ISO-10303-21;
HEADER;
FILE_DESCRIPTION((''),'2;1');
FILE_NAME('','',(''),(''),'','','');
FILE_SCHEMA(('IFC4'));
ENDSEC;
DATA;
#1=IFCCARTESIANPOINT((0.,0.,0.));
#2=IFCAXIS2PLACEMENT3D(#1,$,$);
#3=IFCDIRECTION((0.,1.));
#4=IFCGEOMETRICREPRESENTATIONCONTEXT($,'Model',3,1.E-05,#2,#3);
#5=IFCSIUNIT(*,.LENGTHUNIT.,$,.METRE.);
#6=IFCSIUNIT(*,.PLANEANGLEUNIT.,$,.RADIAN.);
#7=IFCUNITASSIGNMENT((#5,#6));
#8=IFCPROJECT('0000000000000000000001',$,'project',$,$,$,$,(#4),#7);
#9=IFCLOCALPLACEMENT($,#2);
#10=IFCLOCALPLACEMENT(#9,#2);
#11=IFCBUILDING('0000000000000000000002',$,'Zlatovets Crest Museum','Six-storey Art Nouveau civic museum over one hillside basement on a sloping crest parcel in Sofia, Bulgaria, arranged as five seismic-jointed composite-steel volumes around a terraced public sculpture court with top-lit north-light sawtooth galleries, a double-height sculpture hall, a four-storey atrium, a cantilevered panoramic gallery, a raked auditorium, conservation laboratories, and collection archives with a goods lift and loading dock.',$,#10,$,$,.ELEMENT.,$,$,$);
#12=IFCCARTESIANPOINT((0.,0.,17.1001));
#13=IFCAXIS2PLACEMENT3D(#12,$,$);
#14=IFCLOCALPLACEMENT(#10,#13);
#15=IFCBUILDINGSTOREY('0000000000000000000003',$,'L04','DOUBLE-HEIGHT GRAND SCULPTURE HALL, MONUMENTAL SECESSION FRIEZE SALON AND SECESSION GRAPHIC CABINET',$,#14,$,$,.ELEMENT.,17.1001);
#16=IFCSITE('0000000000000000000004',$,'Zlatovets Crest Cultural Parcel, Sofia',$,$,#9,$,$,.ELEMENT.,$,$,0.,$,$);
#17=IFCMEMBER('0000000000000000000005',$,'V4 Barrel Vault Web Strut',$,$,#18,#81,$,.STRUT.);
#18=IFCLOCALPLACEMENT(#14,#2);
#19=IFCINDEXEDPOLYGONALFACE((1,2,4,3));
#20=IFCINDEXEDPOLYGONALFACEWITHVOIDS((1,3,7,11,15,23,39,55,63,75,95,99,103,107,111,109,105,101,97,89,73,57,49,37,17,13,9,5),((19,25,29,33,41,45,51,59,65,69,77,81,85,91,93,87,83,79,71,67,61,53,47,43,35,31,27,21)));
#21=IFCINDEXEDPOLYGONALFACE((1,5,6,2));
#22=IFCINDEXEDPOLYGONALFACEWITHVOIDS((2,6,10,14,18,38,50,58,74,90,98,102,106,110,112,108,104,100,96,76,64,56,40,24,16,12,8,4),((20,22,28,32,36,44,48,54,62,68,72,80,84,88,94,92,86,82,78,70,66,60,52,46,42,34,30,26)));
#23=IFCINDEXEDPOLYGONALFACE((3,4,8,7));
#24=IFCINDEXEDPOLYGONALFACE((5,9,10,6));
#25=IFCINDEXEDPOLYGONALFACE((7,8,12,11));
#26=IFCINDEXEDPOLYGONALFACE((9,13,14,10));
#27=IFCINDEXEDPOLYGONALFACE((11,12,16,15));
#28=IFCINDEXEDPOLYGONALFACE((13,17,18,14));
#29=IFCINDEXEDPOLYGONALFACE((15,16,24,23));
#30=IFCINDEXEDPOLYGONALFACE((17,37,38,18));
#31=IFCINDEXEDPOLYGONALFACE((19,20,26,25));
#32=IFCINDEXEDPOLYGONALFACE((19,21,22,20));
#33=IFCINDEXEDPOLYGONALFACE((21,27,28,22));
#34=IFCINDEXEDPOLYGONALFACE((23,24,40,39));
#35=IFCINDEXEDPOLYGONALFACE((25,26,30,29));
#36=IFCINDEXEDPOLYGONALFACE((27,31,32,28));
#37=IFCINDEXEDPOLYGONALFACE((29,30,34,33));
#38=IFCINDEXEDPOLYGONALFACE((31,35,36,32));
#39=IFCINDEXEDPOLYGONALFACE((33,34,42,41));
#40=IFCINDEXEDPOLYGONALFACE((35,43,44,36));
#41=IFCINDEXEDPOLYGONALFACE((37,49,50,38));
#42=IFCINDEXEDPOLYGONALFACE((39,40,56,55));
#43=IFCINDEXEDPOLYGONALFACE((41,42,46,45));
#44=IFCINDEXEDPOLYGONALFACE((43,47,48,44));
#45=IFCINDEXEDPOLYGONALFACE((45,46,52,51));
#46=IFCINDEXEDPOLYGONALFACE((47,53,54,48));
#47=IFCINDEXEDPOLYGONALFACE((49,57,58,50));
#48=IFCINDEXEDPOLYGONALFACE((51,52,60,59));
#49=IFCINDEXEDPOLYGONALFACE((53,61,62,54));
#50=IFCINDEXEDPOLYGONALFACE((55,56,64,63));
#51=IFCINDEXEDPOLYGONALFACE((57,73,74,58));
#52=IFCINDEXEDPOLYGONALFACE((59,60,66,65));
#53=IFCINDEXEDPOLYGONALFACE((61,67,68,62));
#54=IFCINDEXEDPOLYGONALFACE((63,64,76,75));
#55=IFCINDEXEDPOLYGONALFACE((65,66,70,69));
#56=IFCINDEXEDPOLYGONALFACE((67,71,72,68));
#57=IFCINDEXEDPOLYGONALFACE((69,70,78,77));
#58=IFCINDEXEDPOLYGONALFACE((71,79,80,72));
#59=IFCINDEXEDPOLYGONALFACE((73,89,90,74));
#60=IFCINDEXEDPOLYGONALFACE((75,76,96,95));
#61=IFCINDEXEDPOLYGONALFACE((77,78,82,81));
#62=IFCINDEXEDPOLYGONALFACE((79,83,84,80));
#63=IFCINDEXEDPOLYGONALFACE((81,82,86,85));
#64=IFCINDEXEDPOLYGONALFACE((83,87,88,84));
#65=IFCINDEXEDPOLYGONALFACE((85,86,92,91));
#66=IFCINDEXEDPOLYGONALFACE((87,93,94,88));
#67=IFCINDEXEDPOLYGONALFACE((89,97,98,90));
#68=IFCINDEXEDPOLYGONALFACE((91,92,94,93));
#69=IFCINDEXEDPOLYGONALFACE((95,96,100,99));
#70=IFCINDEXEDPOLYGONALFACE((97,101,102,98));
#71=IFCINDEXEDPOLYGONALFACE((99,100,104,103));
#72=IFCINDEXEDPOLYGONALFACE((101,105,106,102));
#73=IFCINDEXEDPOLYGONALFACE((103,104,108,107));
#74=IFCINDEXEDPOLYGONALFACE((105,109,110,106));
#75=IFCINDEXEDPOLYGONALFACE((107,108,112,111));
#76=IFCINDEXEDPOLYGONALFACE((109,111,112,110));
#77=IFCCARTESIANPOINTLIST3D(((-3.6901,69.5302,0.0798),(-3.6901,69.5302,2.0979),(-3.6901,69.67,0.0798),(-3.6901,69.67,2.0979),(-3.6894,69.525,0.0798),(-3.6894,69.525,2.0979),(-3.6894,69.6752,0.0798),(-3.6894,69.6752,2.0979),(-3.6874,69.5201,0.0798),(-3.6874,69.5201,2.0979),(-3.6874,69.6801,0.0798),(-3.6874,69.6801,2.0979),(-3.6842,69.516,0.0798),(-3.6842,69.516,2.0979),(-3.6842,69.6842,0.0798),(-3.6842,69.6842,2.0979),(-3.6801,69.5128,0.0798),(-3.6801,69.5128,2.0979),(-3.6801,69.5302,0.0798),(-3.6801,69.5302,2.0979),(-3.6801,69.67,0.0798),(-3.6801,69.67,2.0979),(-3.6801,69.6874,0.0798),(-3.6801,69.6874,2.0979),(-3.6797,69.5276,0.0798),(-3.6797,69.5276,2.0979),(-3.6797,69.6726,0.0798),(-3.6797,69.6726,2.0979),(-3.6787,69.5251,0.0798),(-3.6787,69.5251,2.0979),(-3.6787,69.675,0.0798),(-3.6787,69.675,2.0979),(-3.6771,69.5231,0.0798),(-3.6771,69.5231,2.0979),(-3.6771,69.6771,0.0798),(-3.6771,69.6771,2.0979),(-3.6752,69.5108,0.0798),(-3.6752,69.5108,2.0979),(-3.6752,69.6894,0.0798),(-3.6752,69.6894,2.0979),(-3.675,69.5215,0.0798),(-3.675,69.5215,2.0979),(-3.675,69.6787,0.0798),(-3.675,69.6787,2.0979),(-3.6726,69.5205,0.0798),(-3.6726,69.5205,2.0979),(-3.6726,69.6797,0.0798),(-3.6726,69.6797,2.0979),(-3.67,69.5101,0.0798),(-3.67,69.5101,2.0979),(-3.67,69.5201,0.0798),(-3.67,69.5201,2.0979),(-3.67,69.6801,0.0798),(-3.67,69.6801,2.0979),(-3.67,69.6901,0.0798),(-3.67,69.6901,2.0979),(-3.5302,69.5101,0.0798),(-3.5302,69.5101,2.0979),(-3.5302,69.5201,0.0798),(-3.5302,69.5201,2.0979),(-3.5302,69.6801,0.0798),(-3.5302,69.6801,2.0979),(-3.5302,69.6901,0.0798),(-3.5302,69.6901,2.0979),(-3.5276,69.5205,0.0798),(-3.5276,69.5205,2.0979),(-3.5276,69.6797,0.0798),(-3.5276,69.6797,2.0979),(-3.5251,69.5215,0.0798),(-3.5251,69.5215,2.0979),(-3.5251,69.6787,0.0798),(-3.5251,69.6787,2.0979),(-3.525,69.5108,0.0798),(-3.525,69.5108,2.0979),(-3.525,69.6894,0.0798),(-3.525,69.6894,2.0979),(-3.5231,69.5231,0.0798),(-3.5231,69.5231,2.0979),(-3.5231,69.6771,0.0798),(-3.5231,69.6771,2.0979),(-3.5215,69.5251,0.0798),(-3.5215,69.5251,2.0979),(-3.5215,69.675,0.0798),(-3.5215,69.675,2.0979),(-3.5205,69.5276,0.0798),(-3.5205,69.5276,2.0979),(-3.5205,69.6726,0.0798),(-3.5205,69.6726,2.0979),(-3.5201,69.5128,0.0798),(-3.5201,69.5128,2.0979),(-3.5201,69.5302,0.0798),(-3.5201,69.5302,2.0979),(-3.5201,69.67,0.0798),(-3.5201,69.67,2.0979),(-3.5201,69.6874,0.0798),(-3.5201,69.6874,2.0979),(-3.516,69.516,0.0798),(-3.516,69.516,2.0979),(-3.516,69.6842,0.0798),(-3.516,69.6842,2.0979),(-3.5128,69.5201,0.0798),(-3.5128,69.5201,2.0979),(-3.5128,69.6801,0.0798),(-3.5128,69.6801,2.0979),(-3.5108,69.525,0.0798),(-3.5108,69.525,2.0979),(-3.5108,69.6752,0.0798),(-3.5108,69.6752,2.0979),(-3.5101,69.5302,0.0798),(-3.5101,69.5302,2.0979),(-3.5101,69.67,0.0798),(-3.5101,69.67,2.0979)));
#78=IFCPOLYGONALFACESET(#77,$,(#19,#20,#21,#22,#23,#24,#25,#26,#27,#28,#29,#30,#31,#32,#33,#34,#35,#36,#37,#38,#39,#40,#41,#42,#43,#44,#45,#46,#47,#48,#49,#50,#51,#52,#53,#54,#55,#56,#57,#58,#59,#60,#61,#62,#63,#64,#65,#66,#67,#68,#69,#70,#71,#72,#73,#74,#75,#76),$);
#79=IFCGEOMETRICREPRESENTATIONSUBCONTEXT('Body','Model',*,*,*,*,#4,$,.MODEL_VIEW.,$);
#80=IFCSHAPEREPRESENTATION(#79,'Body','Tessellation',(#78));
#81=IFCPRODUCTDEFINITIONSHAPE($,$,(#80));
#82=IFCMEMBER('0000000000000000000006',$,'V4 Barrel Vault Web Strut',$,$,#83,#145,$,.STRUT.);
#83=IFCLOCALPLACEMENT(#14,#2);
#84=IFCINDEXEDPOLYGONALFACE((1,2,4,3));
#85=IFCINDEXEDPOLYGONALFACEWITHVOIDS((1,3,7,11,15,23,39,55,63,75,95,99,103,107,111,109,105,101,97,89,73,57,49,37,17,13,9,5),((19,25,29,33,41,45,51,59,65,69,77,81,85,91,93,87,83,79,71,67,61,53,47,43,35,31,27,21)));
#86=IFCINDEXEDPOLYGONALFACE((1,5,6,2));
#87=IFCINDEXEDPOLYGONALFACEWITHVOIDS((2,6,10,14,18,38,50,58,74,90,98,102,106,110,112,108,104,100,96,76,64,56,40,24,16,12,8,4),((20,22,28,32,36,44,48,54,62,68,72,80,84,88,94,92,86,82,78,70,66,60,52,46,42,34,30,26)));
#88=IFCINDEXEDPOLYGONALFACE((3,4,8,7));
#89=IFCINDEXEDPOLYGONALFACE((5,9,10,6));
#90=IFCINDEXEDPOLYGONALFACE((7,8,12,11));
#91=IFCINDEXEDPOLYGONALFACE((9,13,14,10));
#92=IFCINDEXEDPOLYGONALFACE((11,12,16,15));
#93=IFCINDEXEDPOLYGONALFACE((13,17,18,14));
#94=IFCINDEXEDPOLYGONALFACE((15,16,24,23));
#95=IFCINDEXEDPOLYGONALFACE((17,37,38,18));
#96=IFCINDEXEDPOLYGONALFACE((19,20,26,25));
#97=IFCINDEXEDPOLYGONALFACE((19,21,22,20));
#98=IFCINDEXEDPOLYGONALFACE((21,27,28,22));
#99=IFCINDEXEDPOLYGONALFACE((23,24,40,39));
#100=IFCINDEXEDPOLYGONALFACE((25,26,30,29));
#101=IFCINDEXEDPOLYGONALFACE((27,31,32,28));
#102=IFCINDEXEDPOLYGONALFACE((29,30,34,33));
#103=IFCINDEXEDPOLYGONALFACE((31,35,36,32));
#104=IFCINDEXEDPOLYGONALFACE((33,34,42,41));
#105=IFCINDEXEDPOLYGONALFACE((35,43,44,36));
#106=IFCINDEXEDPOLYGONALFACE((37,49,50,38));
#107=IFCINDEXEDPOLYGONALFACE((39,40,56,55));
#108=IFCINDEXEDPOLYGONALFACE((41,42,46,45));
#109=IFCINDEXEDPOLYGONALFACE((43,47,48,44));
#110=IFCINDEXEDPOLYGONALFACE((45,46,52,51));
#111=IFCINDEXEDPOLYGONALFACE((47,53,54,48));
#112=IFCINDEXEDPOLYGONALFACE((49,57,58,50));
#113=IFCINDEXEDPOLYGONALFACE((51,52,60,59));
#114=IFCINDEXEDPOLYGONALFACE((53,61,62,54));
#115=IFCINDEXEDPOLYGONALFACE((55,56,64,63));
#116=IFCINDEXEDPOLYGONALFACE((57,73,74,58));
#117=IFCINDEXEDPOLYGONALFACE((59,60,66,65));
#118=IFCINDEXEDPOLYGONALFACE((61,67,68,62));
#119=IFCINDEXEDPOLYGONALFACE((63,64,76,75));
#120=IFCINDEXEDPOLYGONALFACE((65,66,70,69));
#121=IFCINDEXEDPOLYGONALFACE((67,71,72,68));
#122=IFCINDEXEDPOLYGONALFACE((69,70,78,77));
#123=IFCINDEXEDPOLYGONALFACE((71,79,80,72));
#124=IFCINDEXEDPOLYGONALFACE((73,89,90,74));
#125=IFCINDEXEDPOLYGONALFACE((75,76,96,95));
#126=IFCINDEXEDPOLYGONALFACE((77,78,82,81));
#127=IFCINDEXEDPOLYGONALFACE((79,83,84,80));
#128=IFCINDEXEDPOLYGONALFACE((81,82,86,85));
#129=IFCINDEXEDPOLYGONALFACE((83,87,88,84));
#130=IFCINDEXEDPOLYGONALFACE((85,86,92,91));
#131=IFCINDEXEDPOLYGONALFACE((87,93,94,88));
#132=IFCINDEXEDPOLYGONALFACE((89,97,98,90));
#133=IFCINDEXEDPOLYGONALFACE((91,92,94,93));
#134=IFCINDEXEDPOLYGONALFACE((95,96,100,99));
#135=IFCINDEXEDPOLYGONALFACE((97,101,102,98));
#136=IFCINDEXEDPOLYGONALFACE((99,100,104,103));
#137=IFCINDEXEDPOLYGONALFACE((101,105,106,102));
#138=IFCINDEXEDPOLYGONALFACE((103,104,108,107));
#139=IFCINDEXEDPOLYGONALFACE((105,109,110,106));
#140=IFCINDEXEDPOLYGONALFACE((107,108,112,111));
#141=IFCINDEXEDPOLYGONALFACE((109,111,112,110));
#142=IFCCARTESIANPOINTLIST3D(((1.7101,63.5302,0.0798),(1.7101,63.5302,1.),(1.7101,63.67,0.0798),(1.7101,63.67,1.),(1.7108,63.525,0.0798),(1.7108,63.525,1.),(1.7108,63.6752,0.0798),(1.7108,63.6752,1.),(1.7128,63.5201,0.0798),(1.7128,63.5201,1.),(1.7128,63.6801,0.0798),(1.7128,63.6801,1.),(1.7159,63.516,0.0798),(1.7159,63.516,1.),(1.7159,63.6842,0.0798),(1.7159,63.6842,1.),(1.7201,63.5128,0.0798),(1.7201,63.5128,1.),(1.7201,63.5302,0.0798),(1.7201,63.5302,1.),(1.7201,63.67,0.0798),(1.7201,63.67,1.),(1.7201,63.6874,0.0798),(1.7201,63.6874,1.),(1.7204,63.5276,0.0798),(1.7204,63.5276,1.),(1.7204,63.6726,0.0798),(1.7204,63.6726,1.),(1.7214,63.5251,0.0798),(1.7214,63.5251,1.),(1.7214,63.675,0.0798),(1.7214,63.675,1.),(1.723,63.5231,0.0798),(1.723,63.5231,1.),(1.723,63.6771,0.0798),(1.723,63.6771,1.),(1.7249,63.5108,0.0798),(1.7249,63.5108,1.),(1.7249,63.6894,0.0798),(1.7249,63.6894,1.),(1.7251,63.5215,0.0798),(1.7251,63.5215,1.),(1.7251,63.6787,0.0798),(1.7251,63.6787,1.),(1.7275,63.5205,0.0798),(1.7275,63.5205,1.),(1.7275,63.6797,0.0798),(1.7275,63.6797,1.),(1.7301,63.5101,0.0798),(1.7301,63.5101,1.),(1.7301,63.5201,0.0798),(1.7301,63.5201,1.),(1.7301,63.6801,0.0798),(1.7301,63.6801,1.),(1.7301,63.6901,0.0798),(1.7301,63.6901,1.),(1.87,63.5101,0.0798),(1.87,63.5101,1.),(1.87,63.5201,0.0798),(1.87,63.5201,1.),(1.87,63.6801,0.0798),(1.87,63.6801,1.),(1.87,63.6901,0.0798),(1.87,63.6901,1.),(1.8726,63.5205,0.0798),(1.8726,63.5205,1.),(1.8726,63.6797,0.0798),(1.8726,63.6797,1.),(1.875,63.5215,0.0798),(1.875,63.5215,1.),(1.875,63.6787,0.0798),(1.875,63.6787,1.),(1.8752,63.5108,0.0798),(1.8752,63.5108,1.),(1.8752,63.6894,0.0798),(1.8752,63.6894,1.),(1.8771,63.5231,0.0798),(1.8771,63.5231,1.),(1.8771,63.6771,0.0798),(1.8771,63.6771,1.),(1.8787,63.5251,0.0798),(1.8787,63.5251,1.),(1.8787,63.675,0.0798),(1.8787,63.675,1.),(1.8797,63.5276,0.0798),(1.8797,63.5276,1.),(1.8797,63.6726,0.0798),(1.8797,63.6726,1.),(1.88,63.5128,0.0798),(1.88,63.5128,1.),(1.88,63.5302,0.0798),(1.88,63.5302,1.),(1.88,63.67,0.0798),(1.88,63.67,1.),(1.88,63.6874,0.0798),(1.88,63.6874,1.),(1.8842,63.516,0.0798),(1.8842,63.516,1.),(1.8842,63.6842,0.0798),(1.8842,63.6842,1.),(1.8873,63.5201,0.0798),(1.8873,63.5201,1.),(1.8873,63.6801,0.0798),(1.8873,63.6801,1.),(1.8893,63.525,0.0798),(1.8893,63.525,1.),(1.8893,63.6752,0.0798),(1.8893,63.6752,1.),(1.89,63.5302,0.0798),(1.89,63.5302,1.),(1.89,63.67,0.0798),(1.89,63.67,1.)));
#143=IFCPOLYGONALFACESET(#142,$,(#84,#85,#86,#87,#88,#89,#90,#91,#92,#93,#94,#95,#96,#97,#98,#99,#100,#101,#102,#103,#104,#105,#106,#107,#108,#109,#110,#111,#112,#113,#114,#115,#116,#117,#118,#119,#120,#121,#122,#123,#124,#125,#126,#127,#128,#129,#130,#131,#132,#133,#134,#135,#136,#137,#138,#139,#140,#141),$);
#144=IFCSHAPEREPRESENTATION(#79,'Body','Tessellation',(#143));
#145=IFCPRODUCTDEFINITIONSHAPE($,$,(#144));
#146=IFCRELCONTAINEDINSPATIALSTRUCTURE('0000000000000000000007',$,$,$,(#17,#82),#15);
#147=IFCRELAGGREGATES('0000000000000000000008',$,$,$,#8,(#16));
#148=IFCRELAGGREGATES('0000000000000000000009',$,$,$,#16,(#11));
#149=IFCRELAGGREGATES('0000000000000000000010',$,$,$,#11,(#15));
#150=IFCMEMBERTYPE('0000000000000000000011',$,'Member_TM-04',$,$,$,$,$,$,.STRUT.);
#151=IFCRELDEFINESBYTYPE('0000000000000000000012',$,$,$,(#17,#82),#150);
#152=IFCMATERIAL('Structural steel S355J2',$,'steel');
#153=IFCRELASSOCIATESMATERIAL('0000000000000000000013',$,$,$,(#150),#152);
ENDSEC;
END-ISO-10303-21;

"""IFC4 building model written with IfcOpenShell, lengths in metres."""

from ifc_helpers import new_model, si_unit, direction, frame, origin, origin_2d, place, context, subcontext, project, spatial, hollow_rectangle, extrude, material, material_profile, profile_set, type_object, element, save


model = new_model("IFC4")

# Units and contexts
model_context = context("Model", 3, precision=1e-05, world=origin(), true_north=direction((0.0, 1.0)))
body_context = subcontext(model_context, "Body", "Model", "MODEL_VIEW")
ifc_project = project(units=[si_unit("LENGTHUNIT", "METRE"), si_unit("PLANEANGLEUNIT", "RADIAN")], contexts=[model_context])

# Site, building, storey
site_placement = place(None, origin())
site = spatial("IfcSite", under=ifc_project, at=site_placement, Name="Zlatovets Crest Cultural Parcel, Sofia", CompositionType="ELEMENT", RefElevation=0.0)
building_placement = place(site_placement, origin())
building = spatial("IfcBuilding", under=site, at=building_placement, Name="Zlatovets Crest Museum", Description="Six-storey Art Nouveau civic museum over one hillside basement on a sloping crest parcel in Sofia, Bulgaria, arranged as five seismic-jointed composite-steel volumes around a terraced public sculpture court with top-lit north-light sawtooth galleries, a double-height sculpture hall, a four-storey atrium, a cantilevered panoramic gallery, a raked auditorium, conservation laboratories, and collection archives with a goods lift and loading dock.", CompositionType="ELEMENT")
storey_placement = place(building_placement, frame((0.0, 0.0, 17.1001)))
storey = spatial("IfcBuildingStorey", under=building, at=storey_placement, Name="L04", Description="DOUBLE-HEIGHT GRAND SCULPTURE HALL, MONUMENTAL SECESSION FRIEZE SALON AND SECESSION GRAPHIC CABINET", CompositionType="ELEMENT", Elevation=17.1001)

# Shared definitions
ifc_material_1 = material(Name="Structural steel S355J2", Category="steel")

# Members
ifc_material_profile_1 = material_profile(ifc_material_1, hollow_rectangle(XDim=0.1799, YDim=0.1799, WallThickness=0.01, InnerFilletRadius=0.01, OuterFilletRadius=0.02, at=origin_2d()), Name="SHS 180x180x10.0")
ifc_profile_set_1 = profile_set([ifc_material_profile_1], Name="Structural steel S355J2")
member_type_1 = type_object("IfcMemberType", Name="Member_TM-04", PredefinedType="STRUT", material=ifc_profile_set_1)
member_1_placement = place(storey_placement, frame((-3.6001, 69.6001, 0.0798), z_axis=(0.0, 0.0, 1.0), x_axis=(1.0, 0.0, 0.0)))
element("IfcMember", 1, at=member_1_placement, inside=storey, type_object=member_type_1, Name="V4 Barrel Vault Web Strut", PredefinedType="STRUT", context=body_context, shape_type="SweptSolid", body=[
    extrude(hollow_rectangle(XDim=0.1799, YDim=0.1799, WallThickness=0.01, InnerFilletRadius=0.01, OuterFilletRadius=0.02, at=origin_2d()), origin(), (0.0, 0.0, 1.0), 2.0181),
])
member_2_placement = place(storey_placement, frame((1.8, 63.6001, 0.0798), z_axis=(0.0, 0.0, 1.0), x_axis=(1.0, 0.0, 0.0)))
element("IfcMember", 2, at=member_2_placement, inside=storey, type_object=member_type_1, Name="V4 Barrel Vault Web Strut", PredefinedType="STRUT", context=body_context, shape_type="SweptSolid", body=[
    extrude(hollow_rectangle(XDim=0.1799, YDim=0.1799, WallThickness=0.01, InnerFilletRadius=0.01, OuterFilletRadius=0.02, at=origin_2d()), origin(), (0.0, 0.0, 1.0), 0.9202),
])

save(model, "model.ifc")
